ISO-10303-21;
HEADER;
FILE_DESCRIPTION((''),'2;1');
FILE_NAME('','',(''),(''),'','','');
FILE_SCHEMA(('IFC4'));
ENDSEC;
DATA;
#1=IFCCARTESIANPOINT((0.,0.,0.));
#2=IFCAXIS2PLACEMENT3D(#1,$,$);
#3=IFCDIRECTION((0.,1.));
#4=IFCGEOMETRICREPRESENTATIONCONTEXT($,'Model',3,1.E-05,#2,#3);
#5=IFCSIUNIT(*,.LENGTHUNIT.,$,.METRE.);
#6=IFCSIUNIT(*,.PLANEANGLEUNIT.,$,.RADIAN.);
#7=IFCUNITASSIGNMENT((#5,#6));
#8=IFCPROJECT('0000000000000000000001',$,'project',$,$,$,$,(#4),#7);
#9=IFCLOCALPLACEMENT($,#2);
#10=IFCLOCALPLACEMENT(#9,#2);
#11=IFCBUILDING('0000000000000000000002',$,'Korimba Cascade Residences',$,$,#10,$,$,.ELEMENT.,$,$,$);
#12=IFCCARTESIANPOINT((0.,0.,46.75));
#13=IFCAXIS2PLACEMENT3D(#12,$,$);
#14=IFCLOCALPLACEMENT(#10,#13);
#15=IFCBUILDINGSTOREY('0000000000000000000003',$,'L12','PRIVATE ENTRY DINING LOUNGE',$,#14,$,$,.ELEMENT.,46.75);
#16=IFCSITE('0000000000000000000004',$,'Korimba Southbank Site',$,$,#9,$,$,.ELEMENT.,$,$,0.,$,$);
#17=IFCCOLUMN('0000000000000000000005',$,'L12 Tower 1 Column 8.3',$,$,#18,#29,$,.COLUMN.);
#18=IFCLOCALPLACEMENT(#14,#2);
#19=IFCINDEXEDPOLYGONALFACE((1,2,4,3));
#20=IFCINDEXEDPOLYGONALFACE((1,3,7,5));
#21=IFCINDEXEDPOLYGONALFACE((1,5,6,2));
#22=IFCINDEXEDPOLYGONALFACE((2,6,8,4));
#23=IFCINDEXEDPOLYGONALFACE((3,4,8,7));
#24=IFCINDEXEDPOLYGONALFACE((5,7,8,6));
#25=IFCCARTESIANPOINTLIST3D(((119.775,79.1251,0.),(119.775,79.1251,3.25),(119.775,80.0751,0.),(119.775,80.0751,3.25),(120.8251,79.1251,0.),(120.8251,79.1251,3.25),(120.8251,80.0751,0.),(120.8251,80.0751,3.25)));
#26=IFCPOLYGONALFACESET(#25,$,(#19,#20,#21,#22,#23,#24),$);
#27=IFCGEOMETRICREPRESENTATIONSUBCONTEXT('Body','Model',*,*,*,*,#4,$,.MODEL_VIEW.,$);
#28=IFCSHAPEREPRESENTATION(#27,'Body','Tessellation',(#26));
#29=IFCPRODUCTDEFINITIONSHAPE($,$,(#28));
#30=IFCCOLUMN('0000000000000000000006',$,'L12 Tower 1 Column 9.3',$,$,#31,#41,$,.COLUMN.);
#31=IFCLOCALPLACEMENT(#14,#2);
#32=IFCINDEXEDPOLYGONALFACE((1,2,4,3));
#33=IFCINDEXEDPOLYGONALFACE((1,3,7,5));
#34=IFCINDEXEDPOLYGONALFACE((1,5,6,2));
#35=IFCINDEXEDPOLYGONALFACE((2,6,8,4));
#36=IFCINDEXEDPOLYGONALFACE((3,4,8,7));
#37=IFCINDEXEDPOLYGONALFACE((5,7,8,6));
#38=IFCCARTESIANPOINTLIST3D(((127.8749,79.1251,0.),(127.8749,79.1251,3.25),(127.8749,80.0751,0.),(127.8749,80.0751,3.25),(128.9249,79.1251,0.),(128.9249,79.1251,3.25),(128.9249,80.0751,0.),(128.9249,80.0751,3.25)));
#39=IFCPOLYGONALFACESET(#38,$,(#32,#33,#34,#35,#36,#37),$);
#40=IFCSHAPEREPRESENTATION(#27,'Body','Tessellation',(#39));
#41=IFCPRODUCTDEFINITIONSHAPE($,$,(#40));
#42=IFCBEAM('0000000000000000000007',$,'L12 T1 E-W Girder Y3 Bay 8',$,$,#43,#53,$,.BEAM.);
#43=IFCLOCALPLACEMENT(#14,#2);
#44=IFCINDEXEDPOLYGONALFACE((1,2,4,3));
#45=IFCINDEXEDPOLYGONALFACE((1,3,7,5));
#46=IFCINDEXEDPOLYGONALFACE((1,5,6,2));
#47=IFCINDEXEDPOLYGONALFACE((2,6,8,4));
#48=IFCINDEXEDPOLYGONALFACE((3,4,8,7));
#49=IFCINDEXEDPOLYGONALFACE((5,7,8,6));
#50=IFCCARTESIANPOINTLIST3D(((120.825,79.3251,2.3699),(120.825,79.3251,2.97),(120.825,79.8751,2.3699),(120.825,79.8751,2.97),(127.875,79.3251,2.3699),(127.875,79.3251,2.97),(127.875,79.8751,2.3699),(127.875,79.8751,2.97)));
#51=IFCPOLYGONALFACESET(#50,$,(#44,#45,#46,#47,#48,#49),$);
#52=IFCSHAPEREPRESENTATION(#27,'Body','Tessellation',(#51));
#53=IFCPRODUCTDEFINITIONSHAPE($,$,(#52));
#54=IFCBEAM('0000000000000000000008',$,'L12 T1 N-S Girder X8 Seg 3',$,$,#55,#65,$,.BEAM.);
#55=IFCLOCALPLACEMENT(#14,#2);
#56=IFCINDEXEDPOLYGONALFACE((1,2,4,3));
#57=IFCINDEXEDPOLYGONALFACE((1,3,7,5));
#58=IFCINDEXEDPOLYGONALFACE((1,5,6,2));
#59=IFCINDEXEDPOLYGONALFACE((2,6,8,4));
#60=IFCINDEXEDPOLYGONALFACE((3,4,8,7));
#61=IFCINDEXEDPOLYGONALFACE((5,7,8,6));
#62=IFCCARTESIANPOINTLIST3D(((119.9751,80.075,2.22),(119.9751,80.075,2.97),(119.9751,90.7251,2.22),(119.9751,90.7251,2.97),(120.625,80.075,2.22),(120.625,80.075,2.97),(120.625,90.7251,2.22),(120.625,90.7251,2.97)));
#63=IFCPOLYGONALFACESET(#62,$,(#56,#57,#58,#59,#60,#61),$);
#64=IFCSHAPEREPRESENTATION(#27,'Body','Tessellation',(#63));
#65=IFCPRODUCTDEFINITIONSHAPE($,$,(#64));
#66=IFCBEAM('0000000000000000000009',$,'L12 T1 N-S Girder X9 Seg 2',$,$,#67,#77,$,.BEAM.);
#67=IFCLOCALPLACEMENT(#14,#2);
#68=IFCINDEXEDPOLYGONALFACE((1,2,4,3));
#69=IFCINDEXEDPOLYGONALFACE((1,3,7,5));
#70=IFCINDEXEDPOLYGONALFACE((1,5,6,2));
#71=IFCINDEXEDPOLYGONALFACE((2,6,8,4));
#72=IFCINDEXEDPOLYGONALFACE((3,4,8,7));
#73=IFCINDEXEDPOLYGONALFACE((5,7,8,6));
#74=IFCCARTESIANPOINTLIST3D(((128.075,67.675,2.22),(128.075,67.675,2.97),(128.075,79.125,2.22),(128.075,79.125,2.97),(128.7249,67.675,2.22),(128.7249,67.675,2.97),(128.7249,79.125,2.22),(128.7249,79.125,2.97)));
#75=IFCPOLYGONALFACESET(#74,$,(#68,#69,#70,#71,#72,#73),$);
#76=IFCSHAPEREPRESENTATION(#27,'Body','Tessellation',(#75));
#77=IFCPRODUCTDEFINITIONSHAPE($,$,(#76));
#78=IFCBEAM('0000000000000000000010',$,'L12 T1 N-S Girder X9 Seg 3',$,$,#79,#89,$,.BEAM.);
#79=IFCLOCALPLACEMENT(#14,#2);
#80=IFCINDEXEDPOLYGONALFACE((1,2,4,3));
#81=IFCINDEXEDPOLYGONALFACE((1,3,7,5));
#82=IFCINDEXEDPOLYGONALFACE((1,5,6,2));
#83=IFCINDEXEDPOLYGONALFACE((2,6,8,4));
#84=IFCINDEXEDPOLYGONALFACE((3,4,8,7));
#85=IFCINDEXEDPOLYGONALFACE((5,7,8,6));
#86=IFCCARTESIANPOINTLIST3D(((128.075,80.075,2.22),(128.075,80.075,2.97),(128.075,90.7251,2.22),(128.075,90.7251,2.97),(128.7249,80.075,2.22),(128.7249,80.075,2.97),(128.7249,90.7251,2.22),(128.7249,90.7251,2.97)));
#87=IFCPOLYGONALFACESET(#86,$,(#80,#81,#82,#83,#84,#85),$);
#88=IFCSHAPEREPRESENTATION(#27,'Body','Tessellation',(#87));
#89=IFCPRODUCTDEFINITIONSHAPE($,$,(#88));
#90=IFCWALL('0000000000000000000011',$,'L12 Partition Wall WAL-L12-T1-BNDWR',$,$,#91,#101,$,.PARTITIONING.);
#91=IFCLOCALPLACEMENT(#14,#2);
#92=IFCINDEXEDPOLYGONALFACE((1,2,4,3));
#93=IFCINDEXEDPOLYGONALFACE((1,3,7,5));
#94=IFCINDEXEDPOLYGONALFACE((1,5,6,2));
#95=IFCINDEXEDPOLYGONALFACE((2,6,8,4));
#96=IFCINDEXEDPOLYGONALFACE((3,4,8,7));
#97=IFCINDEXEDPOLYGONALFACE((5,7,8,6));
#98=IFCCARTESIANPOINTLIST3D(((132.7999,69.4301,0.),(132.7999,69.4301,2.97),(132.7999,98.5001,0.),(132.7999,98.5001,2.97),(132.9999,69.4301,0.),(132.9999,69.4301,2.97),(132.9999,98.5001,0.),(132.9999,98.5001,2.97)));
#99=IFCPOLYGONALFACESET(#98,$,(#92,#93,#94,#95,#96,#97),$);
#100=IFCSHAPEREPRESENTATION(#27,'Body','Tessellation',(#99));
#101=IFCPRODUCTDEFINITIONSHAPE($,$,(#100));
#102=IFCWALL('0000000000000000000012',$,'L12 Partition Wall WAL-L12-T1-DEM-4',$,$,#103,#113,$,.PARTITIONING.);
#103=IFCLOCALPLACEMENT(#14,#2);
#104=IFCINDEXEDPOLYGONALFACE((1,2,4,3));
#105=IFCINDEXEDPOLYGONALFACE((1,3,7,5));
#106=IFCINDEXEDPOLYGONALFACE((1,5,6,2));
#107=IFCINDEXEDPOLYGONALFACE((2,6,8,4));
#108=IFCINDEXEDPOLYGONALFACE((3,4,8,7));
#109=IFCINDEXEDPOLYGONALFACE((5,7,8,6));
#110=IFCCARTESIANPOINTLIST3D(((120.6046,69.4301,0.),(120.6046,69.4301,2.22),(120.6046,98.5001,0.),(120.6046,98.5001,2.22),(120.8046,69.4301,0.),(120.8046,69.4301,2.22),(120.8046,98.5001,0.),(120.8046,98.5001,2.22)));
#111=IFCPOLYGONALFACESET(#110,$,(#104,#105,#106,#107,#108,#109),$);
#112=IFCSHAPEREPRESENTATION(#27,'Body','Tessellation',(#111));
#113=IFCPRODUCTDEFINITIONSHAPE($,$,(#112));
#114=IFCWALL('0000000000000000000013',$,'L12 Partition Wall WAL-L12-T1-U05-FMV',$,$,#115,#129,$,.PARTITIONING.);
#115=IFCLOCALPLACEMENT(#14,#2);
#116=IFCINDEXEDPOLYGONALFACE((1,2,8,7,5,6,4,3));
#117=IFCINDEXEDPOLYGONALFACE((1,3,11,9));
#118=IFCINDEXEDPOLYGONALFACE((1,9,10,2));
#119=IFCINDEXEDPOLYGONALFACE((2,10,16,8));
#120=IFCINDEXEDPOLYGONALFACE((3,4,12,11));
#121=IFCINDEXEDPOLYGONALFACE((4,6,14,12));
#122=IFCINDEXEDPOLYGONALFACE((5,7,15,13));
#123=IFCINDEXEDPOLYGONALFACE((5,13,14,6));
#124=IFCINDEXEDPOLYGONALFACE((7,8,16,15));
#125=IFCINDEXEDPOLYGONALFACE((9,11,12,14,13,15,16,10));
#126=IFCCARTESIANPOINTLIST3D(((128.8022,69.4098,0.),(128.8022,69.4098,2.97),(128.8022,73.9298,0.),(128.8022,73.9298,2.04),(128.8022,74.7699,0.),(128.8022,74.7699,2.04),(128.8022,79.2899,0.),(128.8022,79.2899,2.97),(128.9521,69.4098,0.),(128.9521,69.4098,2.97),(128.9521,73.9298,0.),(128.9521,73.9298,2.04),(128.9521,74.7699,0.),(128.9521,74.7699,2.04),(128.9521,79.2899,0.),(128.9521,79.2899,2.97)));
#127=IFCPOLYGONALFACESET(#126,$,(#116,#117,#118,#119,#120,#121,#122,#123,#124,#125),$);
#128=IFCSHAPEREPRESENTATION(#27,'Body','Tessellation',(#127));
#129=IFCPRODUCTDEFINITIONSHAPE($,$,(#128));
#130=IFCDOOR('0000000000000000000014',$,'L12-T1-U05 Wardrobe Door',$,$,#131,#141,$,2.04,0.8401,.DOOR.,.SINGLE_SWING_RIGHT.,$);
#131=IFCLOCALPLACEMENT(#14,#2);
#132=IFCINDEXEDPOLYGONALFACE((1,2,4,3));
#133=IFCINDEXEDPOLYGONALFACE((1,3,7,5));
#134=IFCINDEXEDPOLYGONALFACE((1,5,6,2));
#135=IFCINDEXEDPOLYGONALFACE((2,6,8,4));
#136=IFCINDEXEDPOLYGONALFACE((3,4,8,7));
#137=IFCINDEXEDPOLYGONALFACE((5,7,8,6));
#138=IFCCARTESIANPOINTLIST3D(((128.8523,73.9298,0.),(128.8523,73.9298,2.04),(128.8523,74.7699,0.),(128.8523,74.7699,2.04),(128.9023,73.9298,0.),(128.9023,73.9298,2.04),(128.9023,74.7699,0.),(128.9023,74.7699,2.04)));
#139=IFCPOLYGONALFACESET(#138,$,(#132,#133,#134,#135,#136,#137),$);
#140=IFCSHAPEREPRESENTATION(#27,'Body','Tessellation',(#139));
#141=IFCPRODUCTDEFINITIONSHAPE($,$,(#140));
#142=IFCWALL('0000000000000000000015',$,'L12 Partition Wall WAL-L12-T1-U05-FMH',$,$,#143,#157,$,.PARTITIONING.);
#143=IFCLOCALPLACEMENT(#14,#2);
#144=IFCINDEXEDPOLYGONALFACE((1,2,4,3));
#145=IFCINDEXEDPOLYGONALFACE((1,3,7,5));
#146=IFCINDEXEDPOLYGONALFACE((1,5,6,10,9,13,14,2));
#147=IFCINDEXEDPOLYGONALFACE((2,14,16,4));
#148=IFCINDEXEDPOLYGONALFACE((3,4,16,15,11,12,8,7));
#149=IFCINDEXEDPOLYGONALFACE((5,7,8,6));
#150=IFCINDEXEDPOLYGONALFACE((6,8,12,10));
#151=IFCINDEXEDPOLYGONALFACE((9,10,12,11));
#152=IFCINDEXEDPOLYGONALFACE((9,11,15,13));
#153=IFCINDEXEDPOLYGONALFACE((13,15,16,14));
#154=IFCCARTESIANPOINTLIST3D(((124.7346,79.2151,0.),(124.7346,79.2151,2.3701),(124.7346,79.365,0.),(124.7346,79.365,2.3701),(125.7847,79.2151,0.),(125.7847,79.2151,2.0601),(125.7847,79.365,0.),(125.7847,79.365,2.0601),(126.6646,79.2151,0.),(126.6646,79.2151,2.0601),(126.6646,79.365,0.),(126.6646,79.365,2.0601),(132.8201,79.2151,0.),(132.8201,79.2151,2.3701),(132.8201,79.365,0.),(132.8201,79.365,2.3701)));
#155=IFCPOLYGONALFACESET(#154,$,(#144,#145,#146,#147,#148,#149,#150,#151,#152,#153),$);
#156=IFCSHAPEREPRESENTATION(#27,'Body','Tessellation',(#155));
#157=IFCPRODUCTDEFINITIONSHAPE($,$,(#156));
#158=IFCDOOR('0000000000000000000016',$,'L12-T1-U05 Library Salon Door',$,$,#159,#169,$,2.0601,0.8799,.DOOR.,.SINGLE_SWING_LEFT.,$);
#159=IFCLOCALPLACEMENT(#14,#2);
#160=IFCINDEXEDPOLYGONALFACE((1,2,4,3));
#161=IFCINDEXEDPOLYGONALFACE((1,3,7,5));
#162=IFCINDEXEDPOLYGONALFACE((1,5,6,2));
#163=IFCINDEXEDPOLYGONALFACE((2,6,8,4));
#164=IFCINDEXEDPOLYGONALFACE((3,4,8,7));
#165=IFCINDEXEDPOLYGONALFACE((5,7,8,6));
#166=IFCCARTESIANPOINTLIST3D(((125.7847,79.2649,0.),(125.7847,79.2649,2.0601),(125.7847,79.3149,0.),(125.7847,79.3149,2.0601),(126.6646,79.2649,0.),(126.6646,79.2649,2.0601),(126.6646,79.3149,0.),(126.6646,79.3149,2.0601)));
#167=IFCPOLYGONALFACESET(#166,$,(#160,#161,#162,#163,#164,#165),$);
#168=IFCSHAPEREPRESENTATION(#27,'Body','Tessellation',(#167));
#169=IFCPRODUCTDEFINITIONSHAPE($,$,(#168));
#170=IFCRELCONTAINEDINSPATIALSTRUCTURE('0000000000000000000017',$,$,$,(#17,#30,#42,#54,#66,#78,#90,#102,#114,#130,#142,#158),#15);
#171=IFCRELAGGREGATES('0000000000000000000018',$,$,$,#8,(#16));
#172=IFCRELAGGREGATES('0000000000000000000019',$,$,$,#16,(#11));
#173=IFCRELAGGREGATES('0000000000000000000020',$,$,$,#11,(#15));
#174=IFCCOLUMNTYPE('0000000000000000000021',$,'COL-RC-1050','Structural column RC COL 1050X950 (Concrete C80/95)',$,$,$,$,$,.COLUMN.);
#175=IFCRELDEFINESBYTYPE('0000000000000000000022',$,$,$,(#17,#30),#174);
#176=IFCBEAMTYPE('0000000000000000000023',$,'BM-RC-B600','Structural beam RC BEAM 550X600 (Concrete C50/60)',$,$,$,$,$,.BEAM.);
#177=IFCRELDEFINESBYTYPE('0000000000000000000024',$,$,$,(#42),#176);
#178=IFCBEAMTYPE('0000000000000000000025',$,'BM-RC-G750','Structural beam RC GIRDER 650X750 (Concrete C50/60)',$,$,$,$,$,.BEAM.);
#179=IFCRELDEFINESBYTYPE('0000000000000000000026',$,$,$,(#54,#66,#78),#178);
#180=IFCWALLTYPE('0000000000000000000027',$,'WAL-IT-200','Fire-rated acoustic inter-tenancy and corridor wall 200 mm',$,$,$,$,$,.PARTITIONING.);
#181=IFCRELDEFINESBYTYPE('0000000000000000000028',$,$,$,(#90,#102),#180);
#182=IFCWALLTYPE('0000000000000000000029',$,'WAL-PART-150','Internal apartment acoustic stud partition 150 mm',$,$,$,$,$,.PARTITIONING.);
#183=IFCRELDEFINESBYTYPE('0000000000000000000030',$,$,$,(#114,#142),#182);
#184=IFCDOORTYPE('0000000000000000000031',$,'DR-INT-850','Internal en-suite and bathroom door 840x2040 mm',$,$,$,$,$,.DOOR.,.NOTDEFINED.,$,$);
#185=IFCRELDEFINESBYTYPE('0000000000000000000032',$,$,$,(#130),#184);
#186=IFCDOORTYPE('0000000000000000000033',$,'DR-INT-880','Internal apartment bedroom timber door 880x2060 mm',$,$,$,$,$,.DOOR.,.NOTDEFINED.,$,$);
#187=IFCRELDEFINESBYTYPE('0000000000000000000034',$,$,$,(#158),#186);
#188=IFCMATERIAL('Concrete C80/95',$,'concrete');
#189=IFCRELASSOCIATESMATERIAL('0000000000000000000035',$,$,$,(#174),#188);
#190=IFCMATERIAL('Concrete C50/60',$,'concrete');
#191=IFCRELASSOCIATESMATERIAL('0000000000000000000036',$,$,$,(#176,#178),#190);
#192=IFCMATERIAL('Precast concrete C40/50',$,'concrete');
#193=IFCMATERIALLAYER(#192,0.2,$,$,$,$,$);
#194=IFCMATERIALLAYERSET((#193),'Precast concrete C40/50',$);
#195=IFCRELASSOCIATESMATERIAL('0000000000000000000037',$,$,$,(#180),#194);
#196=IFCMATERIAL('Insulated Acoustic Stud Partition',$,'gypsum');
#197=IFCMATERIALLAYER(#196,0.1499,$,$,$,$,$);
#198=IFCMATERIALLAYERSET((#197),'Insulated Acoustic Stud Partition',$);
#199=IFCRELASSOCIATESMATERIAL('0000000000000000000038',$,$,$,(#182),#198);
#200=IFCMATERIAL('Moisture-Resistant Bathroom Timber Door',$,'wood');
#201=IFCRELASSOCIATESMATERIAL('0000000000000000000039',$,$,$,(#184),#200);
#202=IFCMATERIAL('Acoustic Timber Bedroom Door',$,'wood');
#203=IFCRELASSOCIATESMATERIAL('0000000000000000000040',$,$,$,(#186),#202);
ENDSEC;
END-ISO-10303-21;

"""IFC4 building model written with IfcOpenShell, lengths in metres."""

from ifc_helpers import new_model, si_unit, direction, frame, frame_2d, origin, origin_2d, place, context, subcontext, project, spatial, rectangle, extrude, material, layer, layer_set, material_profile, profile_set, type_object, element, fill, save


model = new_model("IFC4")

# Units and contexts
model_context = context("Model", 3, precision=1e-05, world=origin(), true_north=direction((0.0, 1.0)))
body_context = subcontext(model_context, "Body", "Model", "MODEL_VIEW")
ifc_project = project(units=[si_unit("LENGTHUNIT", "METRE"), si_unit("PLANEANGLEUNIT", "RADIAN")], contexts=[model_context])

# Site, building, storey
site_placement = place(None, origin())
site = spatial("IfcSite", under=ifc_project, at=site_placement, Name="Korimba Southbank Site", CompositionType="ELEMENT", RefElevation=0.0)
building_placement = place(site_placement, origin())
building = spatial("IfcBuilding", under=site, at=building_placement, Name="Korimba Cascade Residences", CompositionType="ELEMENT")
storey_placement = place(building_placement, frame((0.0, 0.0, 46.75)))
storey = spatial("IfcBuildingStorey", under=building, at=storey_placement, Name="L12", Description="PRIVATE ENTRY DINING LOUNGE", CompositionType="ELEMENT", Elevation=46.75)

# Columns
ifc_material_1 = material(Name="Concrete C80/95", Category="concrete")
ifc_material_profile_1 = material_profile(ifc_material_1, rectangle(XDim=1.05, YDim=0.95, at=origin_2d()), Name="Concrete C80/95")
ifc_profile_set_1 = profile_set([ifc_material_profile_1], Name="Concrete C80/95")
column_type = type_object("IfcColumnType", Name="COL-RC-1050", Description="Structural column RC COL 1050X950 (Concrete C80/95)", PredefinedType="COLUMN", material=ifc_profile_set_1)
for number, where, z_axis, x_axis, name in (
    (1, (120.3, 79.6001, 0.0), (0.0, 0.0, 1.0), (1.0, 0.0, 0.0), "L12 Tower 1 Column 8.3"),
    (2, (128.3999, 79.6001, 0.0), (0.0, 0.0, 1.0), (1.0, 0.0, 0.0), "L12 Tower 1 Column 9.3"),
):
    element("IfcColumn", number, at=place(storey_placement, frame(where, z_axis=z_axis, x_axis=x_axis)), inside=storey, type_object=column_type, Name=name, PredefinedType="COLUMN", context=body_context, shape_type="SweptSolid", body=[
        extrude(rectangle(XDim=1.05, YDim=0.95, at=origin_2d()), origin(), (0.0, 0.0, 1.0), 3.25),
    ])

# Beams
ifc_material_2 = material(Name="Concrete C50/60", Category="concrete")
ifc_material_profile_2 = material_profile(ifc_material_2, rectangle(XDim=0.55, YDim=0.6001, at=origin_2d()), Name="Concrete C50/60")
ifc_profile_set_2 = profile_set([ifc_material_profile_2], Name="Concrete C50/60")
beam_type_1 = type_object("IfcBeamType", Name="BM-RC-B600", Description="Structural beam RC BEAM 550X600 (Concrete C50/60)", PredefinedType="BEAM", material=ifc_profile_set_2)
beam_1_placement = place(storey_placement, frame((120.825, 79.6001, 2.6699), z_axis=(1.0, 0.0, 0.0), x_axis=(0.0, 1.0, 0.0)))
element("IfcBeam", 3, at=beam_1_placement, inside=storey, type_object=beam_type_1, Name="L12 T1 E-W Girder Y3 Bay 8", PredefinedType="BEAM", context=body_context, shape_type="SweptSolid", body=[
    extrude(rectangle(XDim=0.55, YDim=0.6001, at=origin_2d()), origin(), (0.0, 0.0, 1.0), 7.05),
])
ifc_material_profile_3 = material_profile(ifc_material_2, rectangle(XDim=0.6499, YDim=0.75, at=origin_2d()), Name="Concrete C50/60")
ifc_profile_set_3 = profile_set([ifc_material_profile_3], Name="Concrete C50/60")
beam_type_2 = type_object("IfcBeamType", Name="BM-RC-G750", Description="Structural beam RC GIRDER 650X750 (Concrete C50/60)", PredefinedType="BEAM", material=ifc_profile_set_3)
beam_2_placement = place(storey_placement, frame((120.3, 80.075, 2.595), z_axis=(0.0, 1.0, 0.0), x_axis=(-1.0, 0.0, 0.0)))
element("IfcBeam", 4, at=beam_2_placement, inside=storey, type_object=beam_type_2, Name="L12 T1 N-S Girder X8 Seg 3", PredefinedType="BEAM", context=body_context, shape_type="SweptSolid", body=[
    extrude(rectangle(XDim=0.6499, YDim=0.75, at=origin_2d()), origin(), (0.0, 0.0, 1.0), 10.6501),
])
beam_3_placement = place(storey_placement, frame((128.3999, 67.675, 2.595), z_axis=(0.0, 1.0, 0.0), x_axis=(-1.0, 0.0, 0.0)))
element("IfcBeam", 5, at=beam_3_placement, inside=storey, type_object=beam_type_2, Name="L12 T1 N-S Girder X9 Seg 2", PredefinedType="BEAM", context=body_context, shape_type="SweptSolid", body=[
    extrude(rectangle(XDim=0.6499, YDim=0.75, at=origin_2d()), origin(), (0.0, 0.0, 1.0), 11.45),
])
beam_4_placement = place(storey_placement, frame((128.3999, 80.075, 2.595), z_axis=(0.0, 1.0, 0.0), x_axis=(-1.0, 0.0, 0.0)))
element("IfcBeam", 6, at=beam_4_placement, inside=storey, type_object=beam_type_2, Name="L12 T1 N-S Girder X9 Seg 3", PredefinedType="BEAM", context=body_context, shape_type="SweptSolid", body=[
    extrude(rectangle(XDim=0.6499, YDim=0.75, at=origin_2d()), origin(), (0.0, 0.0, 1.0), 10.6501),
])

# Walls
ifc_material_3 = material(Name="Precast concrete C40/50", Category="concrete")
ifc_layer_1 = layer(ifc_material_3, 0.2)
ifc_layer_set_1 = layer_set([ifc_layer_1], Name="Precast concrete C40/50")
wall_type_1 = type_object("IfcWallType", Name="WAL-IT-200", Description="Fire-rated acoustic inter-tenancy and corridor wall 200 mm", PredefinedType="PARTITIONING", material=ifc_layer_set_1)
wall_1_placement = place(storey_placement, frame((132.8999, 69.4299, 0.0), z_axis=(0.0, 0.0, 1.0), x_axis=(0.0, 1.0, 0.0)))
element("IfcWall", 7, at=wall_1_placement, inside=storey, type_object=wall_type_1, Name="L12 Partition Wall WAL-L12-T1-BNDWR", PredefinedType="PARTITIONING", context=body_context, shape_type="SweptSolid", body=[
    extrude(rectangle(XDim=29.0701, YDim=0.2, at=frame_2d((14.5352, 0.0))), origin(), (0.0, 0.0, 1.0), 2.97),
])
wall_2_placement = place(storey_placement, frame((120.7046, 69.4299, 0.0), z_axis=(0.0, 0.0, 1.0), x_axis=(0.0, 1.0, 0.0)))
element("IfcWall", 8, at=wall_2_placement, inside=storey, type_object=wall_type_1, Name="L12 Partition Wall WAL-L12-T1-DEM-4", PredefinedType="PARTITIONING", context=body_context, shape_type="SweptSolid", body=[
    extrude(rectangle(XDim=29.0701, YDim=0.2, at=frame_2d((14.5352, 0.0))), origin(), (0.0, 0.0, 1.0), 2.22),
])

# Walls, openings, doors
ifc_material_4 = material(Name="Insulated Acoustic Stud Partition", Category="gypsum")
ifc_layer_2 = layer(ifc_material_4, 0.1499)
ifc_layer_set_2 = layer_set([ifc_layer_2], Name="Insulated Acoustic Stud Partition")
wall_type_2 = type_object("IfcWallType", Name="WAL-PART-150", Description="Internal apartment acoustic stud partition 150 mm", PredefinedType="PARTITIONING", material=ifc_layer_set_2)
wall_3_placement = place(storey_placement, frame((128.8772, 69.4099, 0.0), z_axis=(0.0, 0.0, 1.0), x_axis=(0.0, 1.0, 0.0)))
wall_3 = element("IfcWall", 9, at=wall_3_placement, inside=storey, type_object=wall_type_2, Name="L12 Partition Wall WAL-L12-T1-U05-FMV", PredefinedType="PARTITIONING", context=body_context, shape_type="SweptSolid", body=[
    extrude(rectangle(XDim=9.8801, YDim=0.1499, at=frame_2d((4.9399, 0.0))), origin(), (0.0, 0.0, 1.0), 2.97),
])
opening_1_placement = place(wall_3_placement, frame((4.52, 0.0, 0.0)))
opening_1 = element("IfcOpeningElement", 10, at=opening_1_placement, cuts=wall_3, PredefinedType="OPENING", context=body_context, shape_type="SweptSolid", body=[
    extrude(rectangle(XDim=0.8401, YDim=2.04, at=frame_2d((0.4199, 1.02))), frame((0.0, 0.085, 0.0), z_axis=(0.0, -1.0, 0.0), x_axis=(1.0, 0.0, 0.0)), (0.0, 0.0, 1.0), 0.1699),
])
ifc_material_5 = material(Name="Moisture-Resistant Bathroom Timber Door", Category="wood")
door_type_1 = type_object("IfcDoorType", Name="DR-INT-850", Description="Internal en-suite and bathroom door 840x2040 mm", OperationType="NOTDEFINED", PredefinedType="DOOR", material=ifc_material_5)
door_1_placement = place(opening_1_placement, origin())
door_1 = element("IfcDoor", 11, at=door_1_placement, inside=storey, type_object=door_type_1, Name="L12-T1-U05 Wardrobe Door", OperationType="SINGLE_SWING_RIGHT", OverallHeight=2.04, OverallWidth=0.8401, PredefinedType="DOOR", context=body_context, shape_type="SweptSolid", body=[
    extrude(rectangle(XDim=0.8401, YDim=2.04, at=frame_2d((0.4199, 1.02))), frame((0.0, 0.0249, 0.0), z_axis=(0.0, -1.0, 0.0), x_axis=(1.0, 0.0, 0.0)), (0.0, 0.0, 1.0), 0.05),
])
fill(opening_1, door_1)
wall_4_placement = place(storey_placement, frame((124.7346, 79.29, 0.0), z_axis=(0.0, 0.0, 1.0), x_axis=(1.0, 0.0, 0.0)))
wall_4 = element("IfcWall", 12, at=wall_4_placement, inside=storey, type_object=wall_type_2, Name="L12 Partition Wall WAL-L12-T1-U05-FMH", PredefinedType="PARTITIONING", context=body_context, shape_type="SweptSolid", body=[
    extrude(rectangle(XDim=8.0854, YDim=0.1499, at=frame_2d((4.0427, 0.0))), origin(), (0.0, 0.0, 1.0), 2.3701),
])
opening_2_placement = place(wall_4_placement, frame((1.05, 0.0, 0.0)))
opening_2 = element("IfcOpeningElement", 13, at=opening_2_placement, cuts=wall_4, PredefinedType="OPENING", context=body_context, shape_type="SweptSolid", body=[
    extrude(rectangle(XDim=0.8799, YDim=2.0601, at=frame_2d((0.4399, 1.03))), frame((0.0, 0.085, 0.0), z_axis=(0.0, -1.0, 0.0), x_axis=(1.0, 0.0, 0.0)), (0.0, 0.0, 1.0), 0.1699),
])
ifc_material_6 = material(Name="Acoustic Timber Bedroom Door", Category="wood")
door_type_2 = type_object("IfcDoorType", Name="DR-INT-880", Description="Internal apartment bedroom timber door 880x2060 mm", OperationType="NOTDEFINED", PredefinedType="DOOR", material=ifc_material_6)
door_2_placement = place(opening_2_placement, origin())
door_2 = element("IfcDoor", 14, at=door_2_placement, inside=storey, type_object=door_type_2, Name="L12-T1-U05 Library Salon Door", OperationType="SINGLE_SWING_LEFT", OverallHeight=2.0601, OverallWidth=0.8799, PredefinedType="DOOR", context=body_context, shape_type="SweptSolid", body=[
    extrude(rectangle(XDim=0.8799, YDim=2.0601, at=frame_2d((0.4399, 1.03))), frame((0.0, 0.0249, 0.0), z_axis=(0.0, -1.0, 0.0), x_axis=(1.0, 0.0, 0.0)), (0.0, 0.0, 1.0), 0.05),
])
fill(opening_2, door_2)

save(model, "model.ifc")
